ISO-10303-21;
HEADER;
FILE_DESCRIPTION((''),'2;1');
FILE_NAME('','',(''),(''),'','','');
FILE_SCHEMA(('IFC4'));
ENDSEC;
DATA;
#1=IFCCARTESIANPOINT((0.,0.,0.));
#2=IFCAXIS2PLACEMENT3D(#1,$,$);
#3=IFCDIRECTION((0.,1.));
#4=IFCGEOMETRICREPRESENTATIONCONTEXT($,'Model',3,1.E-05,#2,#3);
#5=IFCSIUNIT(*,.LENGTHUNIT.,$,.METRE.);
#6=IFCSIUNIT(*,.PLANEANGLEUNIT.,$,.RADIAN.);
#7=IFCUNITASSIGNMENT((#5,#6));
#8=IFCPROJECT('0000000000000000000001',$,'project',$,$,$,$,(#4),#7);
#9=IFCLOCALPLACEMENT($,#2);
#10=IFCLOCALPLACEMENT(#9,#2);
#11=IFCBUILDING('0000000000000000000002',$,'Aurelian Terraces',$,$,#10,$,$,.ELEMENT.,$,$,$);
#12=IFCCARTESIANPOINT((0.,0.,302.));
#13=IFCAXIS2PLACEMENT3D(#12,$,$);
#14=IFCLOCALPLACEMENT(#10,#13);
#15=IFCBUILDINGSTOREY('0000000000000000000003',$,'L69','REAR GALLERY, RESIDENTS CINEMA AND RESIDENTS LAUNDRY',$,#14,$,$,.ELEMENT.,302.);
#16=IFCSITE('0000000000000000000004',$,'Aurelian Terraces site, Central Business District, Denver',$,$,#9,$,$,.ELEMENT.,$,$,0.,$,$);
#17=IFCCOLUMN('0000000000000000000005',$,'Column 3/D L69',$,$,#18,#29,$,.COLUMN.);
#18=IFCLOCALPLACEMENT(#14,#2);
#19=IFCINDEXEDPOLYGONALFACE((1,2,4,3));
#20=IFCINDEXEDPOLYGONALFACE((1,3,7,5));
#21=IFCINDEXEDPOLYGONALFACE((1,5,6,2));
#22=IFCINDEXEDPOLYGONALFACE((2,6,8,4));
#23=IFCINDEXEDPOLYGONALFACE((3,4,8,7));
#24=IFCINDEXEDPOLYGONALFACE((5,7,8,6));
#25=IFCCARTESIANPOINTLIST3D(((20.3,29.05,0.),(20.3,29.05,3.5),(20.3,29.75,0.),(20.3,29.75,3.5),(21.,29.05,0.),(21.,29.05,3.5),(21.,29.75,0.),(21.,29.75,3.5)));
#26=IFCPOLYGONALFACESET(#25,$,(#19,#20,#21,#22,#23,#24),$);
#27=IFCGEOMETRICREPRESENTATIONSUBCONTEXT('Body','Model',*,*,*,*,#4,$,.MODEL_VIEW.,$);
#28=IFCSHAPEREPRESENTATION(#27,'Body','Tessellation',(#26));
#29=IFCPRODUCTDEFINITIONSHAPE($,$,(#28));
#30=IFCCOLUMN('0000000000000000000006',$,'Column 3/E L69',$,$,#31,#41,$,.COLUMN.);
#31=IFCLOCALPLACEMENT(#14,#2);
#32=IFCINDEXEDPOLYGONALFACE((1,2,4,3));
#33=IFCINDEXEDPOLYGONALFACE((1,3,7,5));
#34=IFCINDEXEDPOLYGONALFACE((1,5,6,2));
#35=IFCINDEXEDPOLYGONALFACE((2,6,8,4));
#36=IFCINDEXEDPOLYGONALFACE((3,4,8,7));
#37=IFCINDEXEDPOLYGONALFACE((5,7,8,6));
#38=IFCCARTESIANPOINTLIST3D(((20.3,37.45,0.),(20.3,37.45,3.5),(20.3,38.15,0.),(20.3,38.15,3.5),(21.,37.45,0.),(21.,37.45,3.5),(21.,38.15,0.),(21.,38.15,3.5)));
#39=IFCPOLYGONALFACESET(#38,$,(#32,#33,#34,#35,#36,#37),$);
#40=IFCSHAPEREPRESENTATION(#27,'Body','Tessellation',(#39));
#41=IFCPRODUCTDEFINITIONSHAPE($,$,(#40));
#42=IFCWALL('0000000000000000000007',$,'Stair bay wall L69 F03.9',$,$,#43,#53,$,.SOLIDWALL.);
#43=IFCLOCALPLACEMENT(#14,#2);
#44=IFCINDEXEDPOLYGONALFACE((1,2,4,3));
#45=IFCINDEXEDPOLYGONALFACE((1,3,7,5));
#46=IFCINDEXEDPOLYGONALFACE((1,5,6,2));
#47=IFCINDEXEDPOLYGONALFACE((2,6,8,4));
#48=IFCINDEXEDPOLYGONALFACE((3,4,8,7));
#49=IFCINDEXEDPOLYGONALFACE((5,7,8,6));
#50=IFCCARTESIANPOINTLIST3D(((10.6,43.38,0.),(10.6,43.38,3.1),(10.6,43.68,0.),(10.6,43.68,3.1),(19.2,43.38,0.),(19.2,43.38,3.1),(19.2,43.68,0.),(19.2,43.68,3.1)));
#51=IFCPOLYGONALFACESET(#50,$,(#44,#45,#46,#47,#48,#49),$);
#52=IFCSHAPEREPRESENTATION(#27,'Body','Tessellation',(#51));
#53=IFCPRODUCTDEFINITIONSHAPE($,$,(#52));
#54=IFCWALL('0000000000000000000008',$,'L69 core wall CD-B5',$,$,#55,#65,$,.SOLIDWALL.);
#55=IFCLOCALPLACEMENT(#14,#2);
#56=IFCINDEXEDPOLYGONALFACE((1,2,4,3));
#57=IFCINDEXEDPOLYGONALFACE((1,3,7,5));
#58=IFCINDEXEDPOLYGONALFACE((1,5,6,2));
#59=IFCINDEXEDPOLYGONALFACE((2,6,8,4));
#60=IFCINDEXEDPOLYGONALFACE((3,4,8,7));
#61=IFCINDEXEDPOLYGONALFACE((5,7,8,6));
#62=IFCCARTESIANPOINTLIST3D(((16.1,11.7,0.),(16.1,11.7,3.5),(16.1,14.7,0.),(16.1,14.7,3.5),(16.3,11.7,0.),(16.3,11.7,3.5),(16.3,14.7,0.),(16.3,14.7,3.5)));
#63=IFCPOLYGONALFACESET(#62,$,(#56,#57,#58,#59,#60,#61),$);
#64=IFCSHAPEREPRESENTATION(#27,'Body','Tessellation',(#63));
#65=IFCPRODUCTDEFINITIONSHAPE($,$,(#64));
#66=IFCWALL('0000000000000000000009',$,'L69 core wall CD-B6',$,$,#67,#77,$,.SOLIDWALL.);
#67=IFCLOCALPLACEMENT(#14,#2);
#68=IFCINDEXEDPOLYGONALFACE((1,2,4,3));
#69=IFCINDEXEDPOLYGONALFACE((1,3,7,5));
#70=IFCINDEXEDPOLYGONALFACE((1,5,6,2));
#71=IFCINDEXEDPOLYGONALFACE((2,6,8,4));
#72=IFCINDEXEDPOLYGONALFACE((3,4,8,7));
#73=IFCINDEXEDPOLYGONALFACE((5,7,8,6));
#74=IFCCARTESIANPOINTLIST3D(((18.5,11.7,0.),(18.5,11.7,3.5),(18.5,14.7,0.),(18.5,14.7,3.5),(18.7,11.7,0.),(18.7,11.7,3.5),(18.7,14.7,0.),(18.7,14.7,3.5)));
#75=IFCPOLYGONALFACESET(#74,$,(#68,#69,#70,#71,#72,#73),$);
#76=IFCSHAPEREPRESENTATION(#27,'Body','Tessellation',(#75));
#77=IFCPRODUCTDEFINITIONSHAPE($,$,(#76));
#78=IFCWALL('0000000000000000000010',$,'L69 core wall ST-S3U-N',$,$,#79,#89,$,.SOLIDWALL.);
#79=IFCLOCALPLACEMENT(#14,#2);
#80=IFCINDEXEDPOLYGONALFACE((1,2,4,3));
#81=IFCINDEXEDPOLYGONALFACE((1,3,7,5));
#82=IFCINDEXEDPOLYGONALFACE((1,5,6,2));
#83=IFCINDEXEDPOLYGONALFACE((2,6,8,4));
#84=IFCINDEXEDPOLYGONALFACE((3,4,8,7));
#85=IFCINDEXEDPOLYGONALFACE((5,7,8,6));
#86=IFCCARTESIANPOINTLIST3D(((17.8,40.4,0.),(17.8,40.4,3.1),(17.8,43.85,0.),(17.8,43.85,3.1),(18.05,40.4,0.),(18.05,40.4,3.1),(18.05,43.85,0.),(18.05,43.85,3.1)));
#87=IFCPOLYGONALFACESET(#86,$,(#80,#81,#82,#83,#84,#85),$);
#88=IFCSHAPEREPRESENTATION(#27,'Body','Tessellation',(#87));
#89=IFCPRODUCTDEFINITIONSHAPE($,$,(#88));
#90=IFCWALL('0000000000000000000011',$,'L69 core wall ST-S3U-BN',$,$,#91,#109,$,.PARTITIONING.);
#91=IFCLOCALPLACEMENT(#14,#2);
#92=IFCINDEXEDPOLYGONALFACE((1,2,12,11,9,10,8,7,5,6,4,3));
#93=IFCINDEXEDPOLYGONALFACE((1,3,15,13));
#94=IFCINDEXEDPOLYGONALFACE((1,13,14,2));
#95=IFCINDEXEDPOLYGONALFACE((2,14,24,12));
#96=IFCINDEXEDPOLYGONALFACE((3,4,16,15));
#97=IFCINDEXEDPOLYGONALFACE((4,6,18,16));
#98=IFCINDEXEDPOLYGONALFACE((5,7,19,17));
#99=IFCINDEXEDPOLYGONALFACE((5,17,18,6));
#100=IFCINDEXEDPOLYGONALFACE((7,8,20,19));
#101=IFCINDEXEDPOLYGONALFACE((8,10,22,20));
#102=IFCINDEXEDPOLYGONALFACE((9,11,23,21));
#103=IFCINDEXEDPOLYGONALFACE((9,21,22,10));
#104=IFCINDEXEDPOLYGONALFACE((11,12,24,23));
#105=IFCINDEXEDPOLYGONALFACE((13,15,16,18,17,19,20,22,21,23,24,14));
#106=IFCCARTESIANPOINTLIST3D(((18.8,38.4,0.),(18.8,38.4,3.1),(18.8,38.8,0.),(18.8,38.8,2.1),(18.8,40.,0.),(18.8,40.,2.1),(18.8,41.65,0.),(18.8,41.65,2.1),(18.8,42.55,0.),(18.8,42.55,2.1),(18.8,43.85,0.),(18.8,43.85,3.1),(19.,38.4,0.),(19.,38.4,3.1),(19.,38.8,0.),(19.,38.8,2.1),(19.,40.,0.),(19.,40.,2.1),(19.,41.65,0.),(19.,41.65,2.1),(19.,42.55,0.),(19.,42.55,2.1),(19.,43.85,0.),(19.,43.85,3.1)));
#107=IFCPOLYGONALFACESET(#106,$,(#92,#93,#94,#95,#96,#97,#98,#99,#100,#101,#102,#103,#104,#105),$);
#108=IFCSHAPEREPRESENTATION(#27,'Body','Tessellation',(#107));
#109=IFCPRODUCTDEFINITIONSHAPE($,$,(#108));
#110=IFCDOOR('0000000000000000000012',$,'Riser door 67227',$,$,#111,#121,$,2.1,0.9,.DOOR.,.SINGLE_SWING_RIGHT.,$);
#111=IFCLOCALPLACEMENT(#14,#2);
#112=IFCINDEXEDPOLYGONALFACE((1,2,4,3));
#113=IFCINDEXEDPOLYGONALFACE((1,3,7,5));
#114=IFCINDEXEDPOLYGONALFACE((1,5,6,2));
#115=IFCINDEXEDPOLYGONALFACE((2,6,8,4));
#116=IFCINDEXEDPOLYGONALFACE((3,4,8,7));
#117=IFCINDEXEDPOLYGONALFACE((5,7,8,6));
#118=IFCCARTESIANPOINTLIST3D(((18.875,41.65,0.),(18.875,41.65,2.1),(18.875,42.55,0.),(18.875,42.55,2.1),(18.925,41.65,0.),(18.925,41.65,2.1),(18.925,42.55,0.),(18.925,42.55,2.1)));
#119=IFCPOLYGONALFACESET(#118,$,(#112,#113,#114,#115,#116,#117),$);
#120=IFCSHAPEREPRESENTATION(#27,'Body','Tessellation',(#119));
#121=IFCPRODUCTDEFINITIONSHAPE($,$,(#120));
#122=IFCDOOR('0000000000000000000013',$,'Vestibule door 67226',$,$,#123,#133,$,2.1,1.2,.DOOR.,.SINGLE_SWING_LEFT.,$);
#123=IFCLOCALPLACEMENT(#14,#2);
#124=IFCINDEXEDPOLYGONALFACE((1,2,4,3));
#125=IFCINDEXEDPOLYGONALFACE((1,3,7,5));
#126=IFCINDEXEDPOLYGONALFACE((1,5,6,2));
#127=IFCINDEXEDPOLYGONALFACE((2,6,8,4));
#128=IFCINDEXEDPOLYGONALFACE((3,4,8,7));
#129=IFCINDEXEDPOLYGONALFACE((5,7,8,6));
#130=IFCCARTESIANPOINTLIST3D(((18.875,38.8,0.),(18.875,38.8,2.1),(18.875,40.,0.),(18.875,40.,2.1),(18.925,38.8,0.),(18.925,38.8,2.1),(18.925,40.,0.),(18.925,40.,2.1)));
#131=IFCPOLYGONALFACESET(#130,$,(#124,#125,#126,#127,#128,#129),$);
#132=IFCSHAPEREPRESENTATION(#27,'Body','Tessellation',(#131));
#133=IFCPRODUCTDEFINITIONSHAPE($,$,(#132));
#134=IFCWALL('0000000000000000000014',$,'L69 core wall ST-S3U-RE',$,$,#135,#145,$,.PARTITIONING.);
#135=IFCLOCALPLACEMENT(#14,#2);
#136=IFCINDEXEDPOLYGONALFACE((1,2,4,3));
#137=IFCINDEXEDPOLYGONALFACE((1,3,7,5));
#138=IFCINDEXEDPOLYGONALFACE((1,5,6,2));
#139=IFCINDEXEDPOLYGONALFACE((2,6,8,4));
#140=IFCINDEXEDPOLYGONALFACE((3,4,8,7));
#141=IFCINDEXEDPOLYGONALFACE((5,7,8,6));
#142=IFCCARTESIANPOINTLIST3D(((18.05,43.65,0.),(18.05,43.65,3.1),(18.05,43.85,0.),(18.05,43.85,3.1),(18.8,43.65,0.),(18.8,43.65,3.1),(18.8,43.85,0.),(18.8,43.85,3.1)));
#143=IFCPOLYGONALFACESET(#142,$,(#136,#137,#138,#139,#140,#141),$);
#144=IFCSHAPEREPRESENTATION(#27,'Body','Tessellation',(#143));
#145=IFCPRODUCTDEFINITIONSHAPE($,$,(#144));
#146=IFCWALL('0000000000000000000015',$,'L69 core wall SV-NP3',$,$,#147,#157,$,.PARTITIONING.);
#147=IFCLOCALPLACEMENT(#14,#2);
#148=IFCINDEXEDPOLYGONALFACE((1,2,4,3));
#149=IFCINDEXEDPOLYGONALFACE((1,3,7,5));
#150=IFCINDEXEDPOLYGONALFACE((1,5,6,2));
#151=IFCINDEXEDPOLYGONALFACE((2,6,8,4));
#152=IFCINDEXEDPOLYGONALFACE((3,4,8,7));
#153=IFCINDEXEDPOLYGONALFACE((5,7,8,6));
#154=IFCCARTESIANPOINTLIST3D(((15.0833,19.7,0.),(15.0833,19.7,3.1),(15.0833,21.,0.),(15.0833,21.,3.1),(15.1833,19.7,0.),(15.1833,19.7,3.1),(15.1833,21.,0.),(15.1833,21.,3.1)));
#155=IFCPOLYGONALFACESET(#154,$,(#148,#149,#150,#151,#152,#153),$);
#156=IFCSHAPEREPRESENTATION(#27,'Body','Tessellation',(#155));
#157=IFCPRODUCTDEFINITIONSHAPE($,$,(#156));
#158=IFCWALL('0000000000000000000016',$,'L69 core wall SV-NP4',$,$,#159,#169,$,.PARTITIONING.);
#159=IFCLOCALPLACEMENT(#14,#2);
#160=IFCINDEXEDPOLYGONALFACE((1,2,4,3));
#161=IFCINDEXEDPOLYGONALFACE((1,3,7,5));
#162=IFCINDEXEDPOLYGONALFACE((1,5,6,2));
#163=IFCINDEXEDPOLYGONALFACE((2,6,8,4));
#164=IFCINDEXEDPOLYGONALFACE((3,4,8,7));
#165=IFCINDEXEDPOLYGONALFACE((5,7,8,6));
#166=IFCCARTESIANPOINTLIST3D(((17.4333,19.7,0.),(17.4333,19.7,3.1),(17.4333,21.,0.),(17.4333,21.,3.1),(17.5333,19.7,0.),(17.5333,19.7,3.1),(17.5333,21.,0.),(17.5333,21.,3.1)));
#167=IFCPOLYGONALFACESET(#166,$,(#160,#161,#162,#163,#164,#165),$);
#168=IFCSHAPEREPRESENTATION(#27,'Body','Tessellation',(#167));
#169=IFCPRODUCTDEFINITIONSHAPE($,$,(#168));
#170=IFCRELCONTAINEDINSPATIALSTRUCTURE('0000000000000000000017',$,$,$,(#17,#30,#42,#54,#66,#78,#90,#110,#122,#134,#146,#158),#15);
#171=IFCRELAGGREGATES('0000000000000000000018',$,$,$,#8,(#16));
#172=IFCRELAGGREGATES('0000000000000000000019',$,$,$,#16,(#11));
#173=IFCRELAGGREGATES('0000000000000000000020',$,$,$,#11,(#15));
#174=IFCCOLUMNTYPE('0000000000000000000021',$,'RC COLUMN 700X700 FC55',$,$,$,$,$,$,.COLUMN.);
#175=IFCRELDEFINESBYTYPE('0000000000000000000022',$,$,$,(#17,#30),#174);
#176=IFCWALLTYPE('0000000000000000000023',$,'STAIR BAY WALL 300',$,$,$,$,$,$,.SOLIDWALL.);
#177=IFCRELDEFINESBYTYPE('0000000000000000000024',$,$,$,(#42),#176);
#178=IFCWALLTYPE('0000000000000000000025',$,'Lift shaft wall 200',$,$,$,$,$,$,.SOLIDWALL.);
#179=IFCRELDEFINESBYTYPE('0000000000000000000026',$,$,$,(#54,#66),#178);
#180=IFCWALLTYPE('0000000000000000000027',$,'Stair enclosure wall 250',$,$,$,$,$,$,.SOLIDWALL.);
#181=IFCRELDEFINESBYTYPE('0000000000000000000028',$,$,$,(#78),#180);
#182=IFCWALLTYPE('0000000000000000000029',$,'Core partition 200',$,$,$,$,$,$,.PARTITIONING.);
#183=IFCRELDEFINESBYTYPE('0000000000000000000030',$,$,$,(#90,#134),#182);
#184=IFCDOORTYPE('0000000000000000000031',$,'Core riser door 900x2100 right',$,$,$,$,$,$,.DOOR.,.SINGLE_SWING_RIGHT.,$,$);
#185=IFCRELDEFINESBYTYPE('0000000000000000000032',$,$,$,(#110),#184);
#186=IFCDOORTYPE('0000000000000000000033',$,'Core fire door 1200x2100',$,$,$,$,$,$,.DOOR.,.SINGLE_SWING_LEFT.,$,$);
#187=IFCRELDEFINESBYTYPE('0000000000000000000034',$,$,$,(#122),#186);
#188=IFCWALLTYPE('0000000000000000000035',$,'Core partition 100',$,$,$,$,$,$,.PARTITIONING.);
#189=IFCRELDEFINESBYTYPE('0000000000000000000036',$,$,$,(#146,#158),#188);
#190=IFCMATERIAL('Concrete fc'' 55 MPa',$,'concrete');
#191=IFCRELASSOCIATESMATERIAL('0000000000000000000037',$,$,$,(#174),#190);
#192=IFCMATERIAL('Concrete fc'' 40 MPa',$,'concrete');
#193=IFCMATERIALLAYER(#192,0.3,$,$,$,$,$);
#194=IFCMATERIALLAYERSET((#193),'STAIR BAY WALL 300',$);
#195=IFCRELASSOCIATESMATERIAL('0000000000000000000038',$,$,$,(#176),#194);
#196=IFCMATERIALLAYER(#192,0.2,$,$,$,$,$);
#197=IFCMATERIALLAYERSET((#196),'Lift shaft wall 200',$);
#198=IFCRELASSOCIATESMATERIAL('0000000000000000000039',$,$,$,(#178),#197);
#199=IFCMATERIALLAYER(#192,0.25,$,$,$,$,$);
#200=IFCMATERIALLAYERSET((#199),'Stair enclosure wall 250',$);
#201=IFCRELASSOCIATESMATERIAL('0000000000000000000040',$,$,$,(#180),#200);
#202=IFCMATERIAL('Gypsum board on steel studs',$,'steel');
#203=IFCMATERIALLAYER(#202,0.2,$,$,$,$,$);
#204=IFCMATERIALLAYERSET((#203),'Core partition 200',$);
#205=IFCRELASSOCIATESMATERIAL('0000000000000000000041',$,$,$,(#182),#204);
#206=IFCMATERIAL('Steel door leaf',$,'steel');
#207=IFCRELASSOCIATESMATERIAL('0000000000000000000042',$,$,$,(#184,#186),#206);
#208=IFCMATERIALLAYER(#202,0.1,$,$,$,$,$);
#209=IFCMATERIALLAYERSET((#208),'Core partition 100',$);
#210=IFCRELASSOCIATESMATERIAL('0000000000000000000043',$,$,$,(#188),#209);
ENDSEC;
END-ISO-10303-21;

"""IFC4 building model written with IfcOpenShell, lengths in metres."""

from ifc_helpers import new_model, si_unit, direction, frame, frame_2d, origin, origin_2d, place, context, subcontext, project, spatial, rectangle, extrude, source, transform, mapped, material, layer, layer_set, material_profile, profile_set, type_object, element, fill, save


model = new_model("IFC4")

# Units and contexts
model_context = context("Model", 3, precision=1e-05, world=origin(), true_north=direction((0.0, 1.0)))
body_context = subcontext(model_context, "Body", "Model", "MODEL_VIEW")
ifc_project = project(units=[si_unit("LENGTHUNIT", "METRE"), si_unit("PLANEANGLEUNIT", "RADIAN")], contexts=[model_context])

# Site, building, storey
site_placement = place(None, origin())
site = spatial("IfcSite", under=ifc_project, at=site_placement, Name="Aurelian Terraces site, Central Business District, Denver", CompositionType="ELEMENT", RefElevation=0.0)
building_placement = place(site_placement, origin())
building = spatial("IfcBuilding", under=site, at=building_placement, Name="Aurelian Terraces", CompositionType="ELEMENT")
storey_placement = place(building_placement, frame((0.0, 0.0, 302.0)))
storey = spatial("IfcBuildingStorey", under=building, at=storey_placement, Name="L69", Description="REAR GALLERY, RESIDENTS CINEMA AND RESIDENTS LAUNDRY", CompositionType="ELEMENT", Elevation=302.0)

# Columns
ifc_material_1 = material(Name="Concrete fc' 55 MPa", Category="concrete")
ifc_material_profile = material_profile(ifc_material_1, rectangle(XDim=0.7, YDim=0.7, at=origin_2d()))
ifc_profile_set = profile_set([ifc_material_profile], Name="Concrete fc' 55 MPa")
column_type = type_object("IfcColumnType", Name="RC COLUMN 700X700 FC55", PredefinedType="COLUMN", material=ifc_profile_set)
shared_shape_1 = source(origin(), body_context, "Body", "SweptSolid", [
    extrude(rectangle(XDim=0.7, YDim=0.7, at=origin_2d()), origin(), (0.0, 0.0, 1.0), 3.5),
])
for number, where, z_axis, x_axis, name in (
    (1, (20.65, 29.4, 0.0), (0.0, 0.0, 1.0), (1.0, 0.0, 0.0), "Column 3/D L69"),
    (2, (20.65, 37.8, 0.0), (0.0, 0.0, 1.0), (1.0, 0.0, 0.0), "Column 3/E L69"),
):
    element("IfcColumn", number, at=place(storey_placement, frame(where, z_axis=z_axis, x_axis=x_axis)), inside=storey, type_object=column_type, Name=name, PredefinedType="COLUMN", context=body_context, shape_type="MappedRepresentation", body=[
        mapped(shared_shape_1, transform((0.0, 0.0, 0.0), scale=1.0)),
    ])

# Walls
ifc_material_2 = material(Name="Concrete fc' 40 MPa", Category="concrete")
ifc_layer_1 = layer(ifc_material_2, 0.3)
ifc_layer_set_1 = layer_set([ifc_layer_1], Name="STAIR BAY WALL 300")
wall_type_1 = type_object("IfcWallType", Name="STAIR BAY WALL 300", PredefinedType="SOLIDWALL", material=ifc_layer_set_1)
shared_shape_2 = source(origin(), body_context, "Body", "SweptSolid", [
    extrude(rectangle(XDim=8.6, YDim=0.3, at=frame_2d((4.3, 0.0))), origin(), (0.0, 0.0, 1.0), 3.1),
])
wall_1_placement = place(storey_placement, frame((19.2, 43.53, 0.0), z_axis=(0.0, 0.0, 1.0), x_axis=(-1.0, 0.0, 0.0)))
element("IfcWall", 3, at=wall_1_placement, inside=storey, type_object=wall_type_1, Name="Stair bay wall L69 F03.9", PredefinedType="SOLIDWALL", context=body_context, shape_type="MappedRepresentation", body=[
    mapped(shared_shape_2, transform((0.0, 0.0, 0.0), scale=1.0)),
])
ifc_layer_2 = layer(ifc_material_2, 0.2)
ifc_layer_set_2 = layer_set([ifc_layer_2], Name="Lift shaft wall 200")
wall_type_2 = type_object("IfcWallType", Name="Lift shaft wall 200", PredefinedType="SOLIDWALL", material=ifc_layer_set_2)
shared_shape_3 = source(origin(), body_context, "Body", "SweptSolid", [
    extrude(rectangle(XDim=3.0, YDim=0.2, at=frame_2d((1.5, 0.0))), origin(), (0.0, 0.0, 1.0), 3.5),
])
for number, where, z_axis, x_axis, name in (
    (4, (16.2, 11.7, 0.0), (0.0, 0.0, 1.0), (0.0, 1.0, 0.0), "L69 core wall CD-B5"),
    (5, (18.6, 11.7, 0.0), (0.0, 0.0, 1.0), (0.0, 1.0, 0.0), "L69 core wall CD-B6"),
):
    element("IfcWall", number, at=place(storey_placement, frame(where, z_axis=z_axis, x_axis=x_axis)), inside=storey, type_object=wall_type_2, Name=name, PredefinedType="SOLIDWALL", context=body_context, shape_type="MappedRepresentation", body=[
        mapped(shared_shape_3, transform((0.0, 0.0, 0.0), scale=1.0)),
    ])
ifc_layer_3 = layer(ifc_material_2, 0.25)
ifc_layer_set_3 = layer_set([ifc_layer_3], Name="Stair enclosure wall 250")
wall_type_3 = type_object("IfcWallType", Name="Stair enclosure wall 250", PredefinedType="SOLIDWALL", material=ifc_layer_set_3)
shared_shape_4 = source(origin(), body_context, "Body", "SweptSolid", [
    extrude(rectangle(XDim=3.45, YDim=0.25, at=frame_2d((1.725, 0.0))), origin(), (0.0, 0.0, 1.0), 3.1),
])
wall_2_placement = place(storey_placement, frame((17.925, 40.4, 0.0), z_axis=(0.0, 0.0, 1.0), x_axis=(0.0, 1.0, 0.0)))
element("IfcWall", 6, at=wall_2_placement, inside=storey, type_object=wall_type_3, Name="L69 core wall ST-S3U-N", PredefinedType="SOLIDWALL", context=body_context, shape_type="MappedRepresentation", body=[
    mapped(shared_shape_4, transform((0.0, 0.0, 0.0), scale=1.0)),
])

# Wall, openings, doors
ifc_material_3 = material(Name="Gypsum board on steel studs", Category="steel")
ifc_layer_4 = layer(ifc_material_3, 0.2)
ifc_layer_set_4 = layer_set([ifc_layer_4], Name="Core partition 200")
wall_type_4 = type_object("IfcWallType", Name="Core partition 200", PredefinedType="PARTITIONING", material=ifc_layer_set_4)
shared_shape_5 = source(origin(), body_context, "Body", "SweptSolid", [
    extrude(rectangle(XDim=5.45, YDim=0.2, at=frame_2d((2.725, 0.0))), origin(), (0.0, 0.0, 1.0), 3.1),
])
wall_3_placement = place(storey_placement, frame((18.9, 38.4, 0.0), z_axis=(0.0, 0.0, 1.0), x_axis=(0.0, 1.0, 0.0)))
wall_3 = element("IfcWall", 7, at=wall_3_placement, inside=storey, type_object=wall_type_4, Name="L69 core wall ST-S3U-BN", PredefinedType="PARTITIONING", context=body_context, shape_type="MappedRepresentation", body=[
    mapped(shared_shape_5, transform((0.0, 0.0, 0.0), scale=1.0)),
])
shared_shape_6 = source(origin(), body_context, "Body", "SweptSolid", [
    extrude(rectangle(XDim=1.2, YDim=2.1, at=frame_2d((0.6, 1.05))), frame((0.0, 0.11, 0.0), z_axis=(0.0, -1.0, 0.0), x_axis=(1.0, 0.0, 0.0)), (0.0, 0.0, 1.0), 0.22),
])
opening_1_placement = place(wall_3_placement, frame((0.4, 0.0, 0.0)))
opening_1 = element("IfcOpeningElement", 8, at=opening_1_placement, cuts=wall_3, PredefinedType="OPENING", context=body_context, shape_type="MappedRepresentation", body=[
    mapped(shared_shape_6, transform((0.0, 0.0, 0.0), scale=1.0)),
])
shared_shape_7 = source(origin(), body_context, "Body", "SweptSolid", [
    extrude(rectangle(XDim=0.9, YDim=2.1, at=frame_2d((0.45, 1.05))), frame((0.0, 0.11, 0.0), z_axis=(0.0, -1.0, 0.0), x_axis=(1.0, 0.0, 0.0)), (0.0, 0.0, 1.0), 0.22),
])
opening_2_placement = place(wall_3_placement, frame((3.25, 0.0, 0.0)))
opening_2 = element("IfcOpeningElement", 9, at=opening_2_placement, cuts=wall_3, PredefinedType="OPENING", context=body_context, shape_type="MappedRepresentation", body=[
    mapped(shared_shape_7, transform((0.0, 0.0, 0.0), scale=1.0)),
])
ifc_material_4 = material(Name="Steel door leaf", Category="steel")
door_type_1 = type_object("IfcDoorType", Name="Core riser door 900x2100 right", OperationType="SINGLE_SWING_RIGHT", PredefinedType="DOOR", material=ifc_material_4)
shared_shape_8 = source(origin(), body_context, "Body", "SweptSolid", [
    extrude(rectangle(XDim=0.9, YDim=2.1, at=frame_2d((0.45, 1.05))), frame((0.0, 0.025, 0.0), z_axis=(0.0, -1.0, 0.0), x_axis=(1.0, 0.0, 0.0)), (0.0, 0.0, 1.0), 0.05),
])
door_1_placement = place(opening_2_placement, origin())
door_1 = element("IfcDoor", 10, at=door_1_placement, inside=storey, type_object=door_type_1, Name="Riser door 67227", OperationType="SINGLE_SWING_RIGHT", OverallHeight=2.1, OverallWidth=0.9, PredefinedType="DOOR", context=body_context, shape_type="MappedRepresentation", body=[
    mapped(shared_shape_8, transform((0.0, 0.0, 0.0), scale=1.0)),
])
fill(opening_2, door_1)
door_type_2 = type_object("IfcDoorType", Name="Core fire door 1200x2100", OperationType="SINGLE_SWING_LEFT", PredefinedType="DOOR", material=ifc_material_4)
shared_shape_9 = source(origin(), body_context, "Body", "SweptSolid", [
    extrude(rectangle(XDim=1.2, YDim=2.1, at=frame_2d((0.6, 1.05))), frame((0.0, 0.025, 0.0), z_axis=(0.0, -1.0, 0.0), x_axis=(1.0, 0.0, 0.0)), (0.0, 0.0, 1.0), 0.05),
])
door_2_placement = place(opening_1_placement, origin())
door_2 = element("IfcDoor", 11, at=door_2_placement, inside=storey, type_object=door_type_2, Name="Vestibule door 67226", OperationType="SINGLE_SWING_LEFT", OverallHeight=2.1, OverallWidth=1.2, PredefinedType="DOOR", context=body_context, shape_type="MappedRepresentation", body=[
    mapped(shared_shape_9, transform((0.0, 0.0, 0.0), scale=1.0)),
])
fill(opening_1, door_2)

# Walls
shared_shape_10 = source(origin(), body_context, "Body", "SweptSolid", [
    extrude(rectangle(XDim=0.75, YDim=0.2, at=frame_2d((0.375, 0.0))), origin(), (0.0, 0.0, 1.0), 3.1),
])
wall_4_placement = place(storey_placement, frame((18.05, 43.75, 0.0), z_axis=(0.0, 0.0, 1.0), x_axis=(1.0, 0.0, 0.0)))
element("IfcWall", 12, at=wall_4_placement, inside=storey, type_object=wall_type_4, Name="L69 core wall ST-S3U-RE", PredefinedType="PARTITIONING", context=body_context, shape_type="MappedRepresentation", body=[
    mapped(shared_shape_10, transform((0.0, 0.0, 0.0), scale=1.0)),
])
ifc_layer_5 = layer(ifc_material_3, 0.1)
ifc_layer_set_5 = layer_set([ifc_layer_5], Name="Core partition 100")
wall_type_5 = type_object("IfcWallType", Name="Core partition 100", PredefinedType="PARTITIONING", material=ifc_layer_set_5)
shared_shape_11 = source(origin(), body_context, "Body", "SweptSolid", [
    extrude(rectangle(XDim=1.3, YDim=0.1, at=frame_2d((0.65, 0.0))), origin(), (0.0, 0.0, 1.0), 3.1),
])
for number, where, z_axis, x_axis, name in (
    (13, (15.1333, 19.7, 0.0), (0.0, 0.0, 1.0), (0.0, 1.0, 0.0), "L69 core wall SV-NP3"),
    (14, (17.4833, 19.7, 0.0), (0.0, 0.0, 1.0), (0.0, 1.0, 0.0), "L69 core wall SV-NP4"),
):
    element("IfcWall", number, at=place(storey_placement, frame(where, z_axis=z_axis, x_axis=x_axis)), inside=storey, type_object=wall_type_5, Name=name, PredefinedType="PARTITIONING", context=body_context, shape_type="MappedRepresentation", body=[
        mapped(shared_shape_11, transform((0.0, 0.0, 0.0), scale=1.0)),
    ])

save(model, "model.ifc")
